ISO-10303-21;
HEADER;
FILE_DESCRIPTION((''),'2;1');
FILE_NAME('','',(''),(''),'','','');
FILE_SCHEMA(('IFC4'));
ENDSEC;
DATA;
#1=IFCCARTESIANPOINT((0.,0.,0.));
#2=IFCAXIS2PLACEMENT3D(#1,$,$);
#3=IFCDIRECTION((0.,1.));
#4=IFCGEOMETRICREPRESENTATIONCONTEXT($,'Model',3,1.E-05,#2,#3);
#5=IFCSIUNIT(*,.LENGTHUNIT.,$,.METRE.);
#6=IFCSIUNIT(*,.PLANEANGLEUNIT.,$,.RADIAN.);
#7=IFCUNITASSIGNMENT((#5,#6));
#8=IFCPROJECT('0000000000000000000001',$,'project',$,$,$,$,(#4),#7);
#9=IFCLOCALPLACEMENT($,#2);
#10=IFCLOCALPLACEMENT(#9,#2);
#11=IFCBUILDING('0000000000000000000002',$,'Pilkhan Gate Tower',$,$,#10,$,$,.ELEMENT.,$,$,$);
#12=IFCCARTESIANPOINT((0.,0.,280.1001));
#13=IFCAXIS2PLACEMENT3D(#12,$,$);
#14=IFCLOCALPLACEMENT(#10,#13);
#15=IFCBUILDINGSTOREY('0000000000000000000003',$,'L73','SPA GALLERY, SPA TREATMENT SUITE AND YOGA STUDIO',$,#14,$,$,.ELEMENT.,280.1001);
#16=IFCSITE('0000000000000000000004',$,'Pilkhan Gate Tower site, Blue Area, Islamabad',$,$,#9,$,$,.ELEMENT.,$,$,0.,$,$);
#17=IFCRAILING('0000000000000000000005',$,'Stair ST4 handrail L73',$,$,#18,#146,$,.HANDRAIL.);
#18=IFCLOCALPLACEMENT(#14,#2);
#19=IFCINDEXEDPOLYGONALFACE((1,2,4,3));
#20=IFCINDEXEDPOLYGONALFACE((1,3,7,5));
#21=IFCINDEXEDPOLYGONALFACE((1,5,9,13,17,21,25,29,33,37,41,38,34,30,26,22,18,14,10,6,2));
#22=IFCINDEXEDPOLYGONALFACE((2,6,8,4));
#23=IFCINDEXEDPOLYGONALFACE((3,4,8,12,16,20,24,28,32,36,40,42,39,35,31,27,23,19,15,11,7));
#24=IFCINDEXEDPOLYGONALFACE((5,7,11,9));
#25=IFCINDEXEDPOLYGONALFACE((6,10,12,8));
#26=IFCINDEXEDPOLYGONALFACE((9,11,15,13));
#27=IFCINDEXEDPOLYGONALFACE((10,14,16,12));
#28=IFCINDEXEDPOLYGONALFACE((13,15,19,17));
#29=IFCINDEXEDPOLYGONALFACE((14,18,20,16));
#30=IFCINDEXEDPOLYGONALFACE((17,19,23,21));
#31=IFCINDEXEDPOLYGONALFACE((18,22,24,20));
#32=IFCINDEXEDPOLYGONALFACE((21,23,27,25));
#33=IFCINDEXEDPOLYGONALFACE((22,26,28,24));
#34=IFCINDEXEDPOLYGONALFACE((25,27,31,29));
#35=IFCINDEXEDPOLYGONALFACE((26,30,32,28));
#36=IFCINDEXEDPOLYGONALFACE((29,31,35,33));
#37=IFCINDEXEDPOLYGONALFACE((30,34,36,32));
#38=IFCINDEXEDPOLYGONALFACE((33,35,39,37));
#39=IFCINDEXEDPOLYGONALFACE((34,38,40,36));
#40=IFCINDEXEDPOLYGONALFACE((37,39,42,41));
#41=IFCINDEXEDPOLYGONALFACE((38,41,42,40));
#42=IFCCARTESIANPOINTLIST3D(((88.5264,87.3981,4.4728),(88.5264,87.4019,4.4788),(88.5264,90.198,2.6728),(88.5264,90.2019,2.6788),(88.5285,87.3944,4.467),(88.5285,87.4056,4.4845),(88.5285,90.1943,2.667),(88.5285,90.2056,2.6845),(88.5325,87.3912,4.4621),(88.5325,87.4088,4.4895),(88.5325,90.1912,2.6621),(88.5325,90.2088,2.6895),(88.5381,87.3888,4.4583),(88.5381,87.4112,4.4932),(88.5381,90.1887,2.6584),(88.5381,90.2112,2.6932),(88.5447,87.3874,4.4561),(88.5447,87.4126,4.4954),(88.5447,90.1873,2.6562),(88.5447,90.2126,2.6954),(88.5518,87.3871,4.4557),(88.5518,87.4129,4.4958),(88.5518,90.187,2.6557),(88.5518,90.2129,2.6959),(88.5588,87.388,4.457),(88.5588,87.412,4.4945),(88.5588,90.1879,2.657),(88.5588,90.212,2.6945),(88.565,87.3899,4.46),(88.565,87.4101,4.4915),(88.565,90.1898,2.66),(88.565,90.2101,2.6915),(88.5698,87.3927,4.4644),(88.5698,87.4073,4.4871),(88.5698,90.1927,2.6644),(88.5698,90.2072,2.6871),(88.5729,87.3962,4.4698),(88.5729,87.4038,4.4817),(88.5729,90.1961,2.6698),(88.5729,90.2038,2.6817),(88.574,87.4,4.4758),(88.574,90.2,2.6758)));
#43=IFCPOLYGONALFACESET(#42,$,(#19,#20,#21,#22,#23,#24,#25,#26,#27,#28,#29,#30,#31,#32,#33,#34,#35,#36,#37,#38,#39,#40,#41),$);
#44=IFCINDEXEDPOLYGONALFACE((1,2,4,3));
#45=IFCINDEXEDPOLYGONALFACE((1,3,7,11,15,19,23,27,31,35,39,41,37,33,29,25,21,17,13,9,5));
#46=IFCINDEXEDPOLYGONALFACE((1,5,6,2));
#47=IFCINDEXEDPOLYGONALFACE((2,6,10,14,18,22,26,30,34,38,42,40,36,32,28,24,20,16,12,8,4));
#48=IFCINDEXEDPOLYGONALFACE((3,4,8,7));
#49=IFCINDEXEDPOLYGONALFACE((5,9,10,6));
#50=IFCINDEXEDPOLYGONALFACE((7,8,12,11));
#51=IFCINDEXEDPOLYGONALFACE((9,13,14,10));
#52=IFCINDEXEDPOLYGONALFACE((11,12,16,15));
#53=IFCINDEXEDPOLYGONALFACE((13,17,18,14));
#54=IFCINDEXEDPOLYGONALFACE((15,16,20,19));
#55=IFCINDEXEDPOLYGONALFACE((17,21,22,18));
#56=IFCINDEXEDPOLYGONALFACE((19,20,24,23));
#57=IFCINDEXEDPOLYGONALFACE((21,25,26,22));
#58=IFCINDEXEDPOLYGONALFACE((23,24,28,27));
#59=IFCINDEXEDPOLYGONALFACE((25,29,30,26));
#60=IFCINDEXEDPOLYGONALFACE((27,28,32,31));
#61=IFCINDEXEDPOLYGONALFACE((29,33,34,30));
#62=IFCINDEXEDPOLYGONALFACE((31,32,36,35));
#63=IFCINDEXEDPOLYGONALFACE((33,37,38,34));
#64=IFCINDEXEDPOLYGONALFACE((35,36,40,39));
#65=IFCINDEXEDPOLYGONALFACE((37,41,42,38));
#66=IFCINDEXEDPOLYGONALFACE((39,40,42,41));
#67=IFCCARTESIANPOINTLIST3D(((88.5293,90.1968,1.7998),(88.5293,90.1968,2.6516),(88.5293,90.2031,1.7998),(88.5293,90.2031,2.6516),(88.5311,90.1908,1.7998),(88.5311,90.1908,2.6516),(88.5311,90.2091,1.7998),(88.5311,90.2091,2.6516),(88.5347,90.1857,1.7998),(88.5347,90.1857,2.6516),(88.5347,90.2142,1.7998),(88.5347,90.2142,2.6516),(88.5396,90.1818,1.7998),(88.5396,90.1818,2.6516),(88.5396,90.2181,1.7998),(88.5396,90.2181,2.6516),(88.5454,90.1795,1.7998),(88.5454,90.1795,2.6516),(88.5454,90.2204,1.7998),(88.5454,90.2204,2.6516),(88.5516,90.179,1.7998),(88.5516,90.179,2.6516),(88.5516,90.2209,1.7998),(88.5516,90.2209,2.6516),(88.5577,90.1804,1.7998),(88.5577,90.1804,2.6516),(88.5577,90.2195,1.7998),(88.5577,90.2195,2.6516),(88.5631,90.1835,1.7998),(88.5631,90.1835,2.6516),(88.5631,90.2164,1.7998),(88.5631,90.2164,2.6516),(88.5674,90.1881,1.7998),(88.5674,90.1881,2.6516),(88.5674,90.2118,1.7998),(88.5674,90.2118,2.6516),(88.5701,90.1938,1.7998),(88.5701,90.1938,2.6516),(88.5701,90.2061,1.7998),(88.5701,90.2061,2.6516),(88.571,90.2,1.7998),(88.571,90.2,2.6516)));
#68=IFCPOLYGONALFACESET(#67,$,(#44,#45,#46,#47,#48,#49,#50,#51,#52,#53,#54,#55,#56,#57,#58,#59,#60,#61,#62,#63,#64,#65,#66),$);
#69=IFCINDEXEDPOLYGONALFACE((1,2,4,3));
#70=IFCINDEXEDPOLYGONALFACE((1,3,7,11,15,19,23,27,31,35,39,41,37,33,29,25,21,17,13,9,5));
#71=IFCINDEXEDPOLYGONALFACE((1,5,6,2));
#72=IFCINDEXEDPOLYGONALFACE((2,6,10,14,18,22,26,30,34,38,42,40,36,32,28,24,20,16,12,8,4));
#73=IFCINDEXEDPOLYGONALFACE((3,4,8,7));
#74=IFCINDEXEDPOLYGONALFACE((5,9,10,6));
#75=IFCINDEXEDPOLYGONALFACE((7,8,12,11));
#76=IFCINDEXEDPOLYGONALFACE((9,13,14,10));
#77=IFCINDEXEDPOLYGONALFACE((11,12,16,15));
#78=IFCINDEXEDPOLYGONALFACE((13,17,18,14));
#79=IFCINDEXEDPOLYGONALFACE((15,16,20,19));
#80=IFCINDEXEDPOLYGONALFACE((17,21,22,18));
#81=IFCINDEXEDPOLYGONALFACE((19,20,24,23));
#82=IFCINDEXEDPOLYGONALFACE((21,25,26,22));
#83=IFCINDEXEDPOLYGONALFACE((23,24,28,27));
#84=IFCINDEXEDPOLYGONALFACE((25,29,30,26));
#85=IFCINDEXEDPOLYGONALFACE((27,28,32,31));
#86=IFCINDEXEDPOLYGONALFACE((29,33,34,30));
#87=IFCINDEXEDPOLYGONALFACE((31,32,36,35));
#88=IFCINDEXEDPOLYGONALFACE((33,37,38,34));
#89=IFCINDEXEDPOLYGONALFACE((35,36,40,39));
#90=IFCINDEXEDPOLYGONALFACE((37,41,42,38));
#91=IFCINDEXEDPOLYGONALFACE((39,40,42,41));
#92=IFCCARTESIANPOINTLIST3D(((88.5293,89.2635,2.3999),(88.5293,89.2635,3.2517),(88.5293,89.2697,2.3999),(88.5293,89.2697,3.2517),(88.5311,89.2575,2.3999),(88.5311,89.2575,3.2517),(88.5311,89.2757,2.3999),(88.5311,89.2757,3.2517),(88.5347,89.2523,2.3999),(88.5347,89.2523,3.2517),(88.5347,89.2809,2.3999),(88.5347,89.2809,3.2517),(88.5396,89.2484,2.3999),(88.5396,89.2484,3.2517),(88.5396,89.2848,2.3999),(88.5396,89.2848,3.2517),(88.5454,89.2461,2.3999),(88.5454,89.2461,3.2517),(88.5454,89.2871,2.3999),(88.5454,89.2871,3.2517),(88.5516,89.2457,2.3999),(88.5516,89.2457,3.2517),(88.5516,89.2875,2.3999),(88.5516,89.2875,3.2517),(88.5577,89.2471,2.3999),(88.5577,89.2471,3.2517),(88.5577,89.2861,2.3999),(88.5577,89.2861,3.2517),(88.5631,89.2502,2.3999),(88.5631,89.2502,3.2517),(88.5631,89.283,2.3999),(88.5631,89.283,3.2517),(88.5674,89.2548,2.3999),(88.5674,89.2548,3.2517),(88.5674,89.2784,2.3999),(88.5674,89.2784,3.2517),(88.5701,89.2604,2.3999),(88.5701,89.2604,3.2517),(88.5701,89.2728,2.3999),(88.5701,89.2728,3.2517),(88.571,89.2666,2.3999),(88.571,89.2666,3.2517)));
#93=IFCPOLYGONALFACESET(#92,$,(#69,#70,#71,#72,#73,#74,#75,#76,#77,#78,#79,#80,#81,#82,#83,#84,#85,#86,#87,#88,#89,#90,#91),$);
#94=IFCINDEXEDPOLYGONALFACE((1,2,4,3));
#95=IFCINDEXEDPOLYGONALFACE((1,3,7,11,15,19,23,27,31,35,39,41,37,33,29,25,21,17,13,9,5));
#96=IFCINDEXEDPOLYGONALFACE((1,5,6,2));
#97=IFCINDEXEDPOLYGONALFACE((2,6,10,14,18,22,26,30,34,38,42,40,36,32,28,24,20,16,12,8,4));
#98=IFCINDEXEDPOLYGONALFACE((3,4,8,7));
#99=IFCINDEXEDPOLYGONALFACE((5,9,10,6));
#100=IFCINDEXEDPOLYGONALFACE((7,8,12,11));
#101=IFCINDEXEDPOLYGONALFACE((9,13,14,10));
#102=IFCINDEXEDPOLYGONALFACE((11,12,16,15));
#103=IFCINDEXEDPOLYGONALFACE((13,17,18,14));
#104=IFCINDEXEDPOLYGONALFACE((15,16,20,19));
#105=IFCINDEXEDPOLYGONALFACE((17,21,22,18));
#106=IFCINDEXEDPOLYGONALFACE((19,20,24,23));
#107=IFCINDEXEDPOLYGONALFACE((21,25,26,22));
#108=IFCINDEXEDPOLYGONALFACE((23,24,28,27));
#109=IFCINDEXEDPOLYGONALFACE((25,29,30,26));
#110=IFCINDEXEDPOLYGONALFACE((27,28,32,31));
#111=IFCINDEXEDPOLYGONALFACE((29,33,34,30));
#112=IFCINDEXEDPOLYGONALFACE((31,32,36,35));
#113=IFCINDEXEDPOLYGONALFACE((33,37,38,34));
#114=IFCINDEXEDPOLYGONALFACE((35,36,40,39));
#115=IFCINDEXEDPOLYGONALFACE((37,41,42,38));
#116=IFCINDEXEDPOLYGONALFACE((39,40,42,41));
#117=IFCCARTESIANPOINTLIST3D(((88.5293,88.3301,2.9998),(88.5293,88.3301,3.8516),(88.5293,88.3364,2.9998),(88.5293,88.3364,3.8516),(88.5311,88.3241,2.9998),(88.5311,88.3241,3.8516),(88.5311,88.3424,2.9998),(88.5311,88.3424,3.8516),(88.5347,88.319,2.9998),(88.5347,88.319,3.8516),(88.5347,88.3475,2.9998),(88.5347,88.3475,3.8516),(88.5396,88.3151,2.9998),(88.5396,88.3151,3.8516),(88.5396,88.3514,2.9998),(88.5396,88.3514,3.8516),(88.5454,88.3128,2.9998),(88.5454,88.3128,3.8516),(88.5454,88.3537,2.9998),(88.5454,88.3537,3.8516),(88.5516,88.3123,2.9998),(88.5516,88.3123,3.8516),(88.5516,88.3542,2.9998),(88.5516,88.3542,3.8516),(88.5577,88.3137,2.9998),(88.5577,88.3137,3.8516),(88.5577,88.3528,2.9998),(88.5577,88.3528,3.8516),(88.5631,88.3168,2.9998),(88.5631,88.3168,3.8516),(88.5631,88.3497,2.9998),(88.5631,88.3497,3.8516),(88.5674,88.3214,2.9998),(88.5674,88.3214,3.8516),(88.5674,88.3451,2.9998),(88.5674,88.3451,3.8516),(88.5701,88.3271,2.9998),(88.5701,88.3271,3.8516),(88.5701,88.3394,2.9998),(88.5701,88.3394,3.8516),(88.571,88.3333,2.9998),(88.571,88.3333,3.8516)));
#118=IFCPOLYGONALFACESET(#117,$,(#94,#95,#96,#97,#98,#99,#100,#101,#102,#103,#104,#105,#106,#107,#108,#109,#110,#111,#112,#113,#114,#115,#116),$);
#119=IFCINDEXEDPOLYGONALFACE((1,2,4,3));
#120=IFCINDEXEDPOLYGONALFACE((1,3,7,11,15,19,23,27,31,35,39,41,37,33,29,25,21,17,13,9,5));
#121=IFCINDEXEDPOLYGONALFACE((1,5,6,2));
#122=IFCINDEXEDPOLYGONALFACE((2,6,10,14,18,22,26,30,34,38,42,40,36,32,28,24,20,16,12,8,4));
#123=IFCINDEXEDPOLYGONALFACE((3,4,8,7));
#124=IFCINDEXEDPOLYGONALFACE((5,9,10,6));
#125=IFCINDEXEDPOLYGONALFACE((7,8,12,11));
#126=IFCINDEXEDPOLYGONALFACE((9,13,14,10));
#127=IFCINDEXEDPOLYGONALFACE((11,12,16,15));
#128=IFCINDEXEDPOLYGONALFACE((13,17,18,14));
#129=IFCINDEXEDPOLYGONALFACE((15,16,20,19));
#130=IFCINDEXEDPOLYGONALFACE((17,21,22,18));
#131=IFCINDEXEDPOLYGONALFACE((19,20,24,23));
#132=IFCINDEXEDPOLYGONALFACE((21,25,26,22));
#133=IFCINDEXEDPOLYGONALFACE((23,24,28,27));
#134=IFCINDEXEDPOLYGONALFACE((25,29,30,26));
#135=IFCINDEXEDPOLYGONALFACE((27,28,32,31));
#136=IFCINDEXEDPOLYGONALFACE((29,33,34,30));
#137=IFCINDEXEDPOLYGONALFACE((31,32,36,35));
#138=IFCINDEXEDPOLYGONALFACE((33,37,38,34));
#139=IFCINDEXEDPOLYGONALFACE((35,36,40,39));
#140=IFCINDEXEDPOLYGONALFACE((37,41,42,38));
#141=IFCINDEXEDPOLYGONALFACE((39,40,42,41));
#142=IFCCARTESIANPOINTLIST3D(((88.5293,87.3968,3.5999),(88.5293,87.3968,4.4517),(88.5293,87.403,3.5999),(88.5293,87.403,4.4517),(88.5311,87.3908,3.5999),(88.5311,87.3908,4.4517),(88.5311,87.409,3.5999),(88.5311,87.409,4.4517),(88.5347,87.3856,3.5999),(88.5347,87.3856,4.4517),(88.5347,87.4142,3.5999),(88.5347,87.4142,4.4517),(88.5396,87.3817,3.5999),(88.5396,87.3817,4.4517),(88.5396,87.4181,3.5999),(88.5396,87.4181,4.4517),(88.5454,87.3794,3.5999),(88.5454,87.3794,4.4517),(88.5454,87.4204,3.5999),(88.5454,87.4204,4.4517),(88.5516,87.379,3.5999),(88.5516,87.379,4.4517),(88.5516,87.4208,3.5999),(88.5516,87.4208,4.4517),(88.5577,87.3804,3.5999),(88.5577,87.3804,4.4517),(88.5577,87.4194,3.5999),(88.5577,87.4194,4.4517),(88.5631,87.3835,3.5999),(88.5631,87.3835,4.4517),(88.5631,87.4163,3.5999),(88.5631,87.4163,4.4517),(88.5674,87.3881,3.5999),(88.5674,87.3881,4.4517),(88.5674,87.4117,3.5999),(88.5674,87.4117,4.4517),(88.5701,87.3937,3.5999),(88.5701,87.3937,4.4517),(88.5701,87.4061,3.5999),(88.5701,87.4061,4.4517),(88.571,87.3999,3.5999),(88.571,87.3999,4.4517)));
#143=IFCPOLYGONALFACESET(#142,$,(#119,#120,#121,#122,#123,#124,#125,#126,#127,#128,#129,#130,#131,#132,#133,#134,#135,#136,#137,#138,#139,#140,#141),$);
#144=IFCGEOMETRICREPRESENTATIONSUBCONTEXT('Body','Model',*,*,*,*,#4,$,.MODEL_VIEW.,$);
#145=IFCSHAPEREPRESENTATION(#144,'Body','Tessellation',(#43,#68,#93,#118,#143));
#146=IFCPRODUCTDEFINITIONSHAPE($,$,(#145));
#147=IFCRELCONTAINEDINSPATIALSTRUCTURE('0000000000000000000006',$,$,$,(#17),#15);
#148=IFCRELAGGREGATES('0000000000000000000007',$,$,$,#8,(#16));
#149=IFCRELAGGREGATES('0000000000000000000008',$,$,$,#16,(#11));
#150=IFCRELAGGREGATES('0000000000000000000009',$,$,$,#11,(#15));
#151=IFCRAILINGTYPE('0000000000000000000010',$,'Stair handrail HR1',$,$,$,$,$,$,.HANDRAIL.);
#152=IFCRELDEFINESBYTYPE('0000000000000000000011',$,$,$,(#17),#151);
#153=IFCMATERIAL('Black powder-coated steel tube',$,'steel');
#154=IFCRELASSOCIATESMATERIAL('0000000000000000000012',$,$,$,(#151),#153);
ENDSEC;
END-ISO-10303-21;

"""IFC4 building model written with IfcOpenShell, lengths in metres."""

from ifc_helpers import new_model, si_unit, direction, frame, origin, origin_2d, place, context, subcontext, project, spatial, circle, extrude, material, type_object, element, save


model = new_model("IFC4")

# Units and contexts
model_context = context("Model", 3, precision=1e-05, world=origin(), true_north=direction((0.0, 1.0)))
body_context = subcontext(model_context, "Body", "Model", "MODEL_VIEW")
ifc_project = project(units=[si_unit("LENGTHUNIT", "METRE"), si_unit("PLANEANGLEUNIT", "RADIAN")], contexts=[model_context])

# Site, building, storey
site_placement = place(None, origin())
site = spatial("IfcSite", under=ifc_project, at=site_placement, Name="Pilkhan Gate Tower site, Blue Area, Islamabad", CompositionType="ELEMENT", RefElevation=0.0)
building_placement = place(site_placement, origin())
building = spatial("IfcBuilding", under=site, at=building_placement, Name="Pilkhan Gate Tower", CompositionType="ELEMENT")
storey_placement = place(building_placement, frame((0.0, 0.0, 280.1001)))
storey = spatial("IfcBuildingStorey", under=building, at=storey_placement, Name="L73", Description="SPA GALLERY, SPA TREATMENT SUITE AND YOGA STUDIO", CompositionType="ELEMENT", Elevation=280.1001)

# Railing
ifc_material_1 = material(Name="Black powder-coated steel tube", Category="steel")
railing_type_1 = type_object("IfcRailingType", Name="Stair handrail HR1", PredefinedType="HANDRAIL", material=ifc_material_1)
railing_1_placement = place(storey_placement, frame((88.55, 90.2, 1.7998)))
element("IfcRailing", 1, at=railing_1_placement, inside=storey, type_object=railing_type_1, Name="Stair ST4 handrail L73", PredefinedType="HANDRAIL", context=body_context, shape_type="SweptSolid", body=[
    extrude(circle(Radius=0.0239, at=origin_2d()), frame((0.0, 0.0, 0.876), z_axis=(0.0, -0.841176, 0.540761), x_axis=(1.0, 0.0, 0.0)), (0.0, 0.0, 1.0), 3.3286),
    extrude(circle(Radius=0.021, at=origin_2d()), origin(), (0.0, 0.0, 1.0), 0.8518),
    extrude(circle(Radius=0.021, at=origin_2d()), frame((0.0, -0.9333, 0.6001)), (0.0, 0.0, 1.0), 0.8518),
    extrude(circle(Radius=0.021, at=origin_2d()), frame((0.0, -1.8667, 1.2)), (0.0, 0.0, 1.0), 0.8518),
    extrude(circle(Radius=0.021, at=origin_2d()), frame((0.0, -2.8, 1.8)), (0.0, 0.0, 1.0), 0.8518),
])

save(model, "model.ifc")
